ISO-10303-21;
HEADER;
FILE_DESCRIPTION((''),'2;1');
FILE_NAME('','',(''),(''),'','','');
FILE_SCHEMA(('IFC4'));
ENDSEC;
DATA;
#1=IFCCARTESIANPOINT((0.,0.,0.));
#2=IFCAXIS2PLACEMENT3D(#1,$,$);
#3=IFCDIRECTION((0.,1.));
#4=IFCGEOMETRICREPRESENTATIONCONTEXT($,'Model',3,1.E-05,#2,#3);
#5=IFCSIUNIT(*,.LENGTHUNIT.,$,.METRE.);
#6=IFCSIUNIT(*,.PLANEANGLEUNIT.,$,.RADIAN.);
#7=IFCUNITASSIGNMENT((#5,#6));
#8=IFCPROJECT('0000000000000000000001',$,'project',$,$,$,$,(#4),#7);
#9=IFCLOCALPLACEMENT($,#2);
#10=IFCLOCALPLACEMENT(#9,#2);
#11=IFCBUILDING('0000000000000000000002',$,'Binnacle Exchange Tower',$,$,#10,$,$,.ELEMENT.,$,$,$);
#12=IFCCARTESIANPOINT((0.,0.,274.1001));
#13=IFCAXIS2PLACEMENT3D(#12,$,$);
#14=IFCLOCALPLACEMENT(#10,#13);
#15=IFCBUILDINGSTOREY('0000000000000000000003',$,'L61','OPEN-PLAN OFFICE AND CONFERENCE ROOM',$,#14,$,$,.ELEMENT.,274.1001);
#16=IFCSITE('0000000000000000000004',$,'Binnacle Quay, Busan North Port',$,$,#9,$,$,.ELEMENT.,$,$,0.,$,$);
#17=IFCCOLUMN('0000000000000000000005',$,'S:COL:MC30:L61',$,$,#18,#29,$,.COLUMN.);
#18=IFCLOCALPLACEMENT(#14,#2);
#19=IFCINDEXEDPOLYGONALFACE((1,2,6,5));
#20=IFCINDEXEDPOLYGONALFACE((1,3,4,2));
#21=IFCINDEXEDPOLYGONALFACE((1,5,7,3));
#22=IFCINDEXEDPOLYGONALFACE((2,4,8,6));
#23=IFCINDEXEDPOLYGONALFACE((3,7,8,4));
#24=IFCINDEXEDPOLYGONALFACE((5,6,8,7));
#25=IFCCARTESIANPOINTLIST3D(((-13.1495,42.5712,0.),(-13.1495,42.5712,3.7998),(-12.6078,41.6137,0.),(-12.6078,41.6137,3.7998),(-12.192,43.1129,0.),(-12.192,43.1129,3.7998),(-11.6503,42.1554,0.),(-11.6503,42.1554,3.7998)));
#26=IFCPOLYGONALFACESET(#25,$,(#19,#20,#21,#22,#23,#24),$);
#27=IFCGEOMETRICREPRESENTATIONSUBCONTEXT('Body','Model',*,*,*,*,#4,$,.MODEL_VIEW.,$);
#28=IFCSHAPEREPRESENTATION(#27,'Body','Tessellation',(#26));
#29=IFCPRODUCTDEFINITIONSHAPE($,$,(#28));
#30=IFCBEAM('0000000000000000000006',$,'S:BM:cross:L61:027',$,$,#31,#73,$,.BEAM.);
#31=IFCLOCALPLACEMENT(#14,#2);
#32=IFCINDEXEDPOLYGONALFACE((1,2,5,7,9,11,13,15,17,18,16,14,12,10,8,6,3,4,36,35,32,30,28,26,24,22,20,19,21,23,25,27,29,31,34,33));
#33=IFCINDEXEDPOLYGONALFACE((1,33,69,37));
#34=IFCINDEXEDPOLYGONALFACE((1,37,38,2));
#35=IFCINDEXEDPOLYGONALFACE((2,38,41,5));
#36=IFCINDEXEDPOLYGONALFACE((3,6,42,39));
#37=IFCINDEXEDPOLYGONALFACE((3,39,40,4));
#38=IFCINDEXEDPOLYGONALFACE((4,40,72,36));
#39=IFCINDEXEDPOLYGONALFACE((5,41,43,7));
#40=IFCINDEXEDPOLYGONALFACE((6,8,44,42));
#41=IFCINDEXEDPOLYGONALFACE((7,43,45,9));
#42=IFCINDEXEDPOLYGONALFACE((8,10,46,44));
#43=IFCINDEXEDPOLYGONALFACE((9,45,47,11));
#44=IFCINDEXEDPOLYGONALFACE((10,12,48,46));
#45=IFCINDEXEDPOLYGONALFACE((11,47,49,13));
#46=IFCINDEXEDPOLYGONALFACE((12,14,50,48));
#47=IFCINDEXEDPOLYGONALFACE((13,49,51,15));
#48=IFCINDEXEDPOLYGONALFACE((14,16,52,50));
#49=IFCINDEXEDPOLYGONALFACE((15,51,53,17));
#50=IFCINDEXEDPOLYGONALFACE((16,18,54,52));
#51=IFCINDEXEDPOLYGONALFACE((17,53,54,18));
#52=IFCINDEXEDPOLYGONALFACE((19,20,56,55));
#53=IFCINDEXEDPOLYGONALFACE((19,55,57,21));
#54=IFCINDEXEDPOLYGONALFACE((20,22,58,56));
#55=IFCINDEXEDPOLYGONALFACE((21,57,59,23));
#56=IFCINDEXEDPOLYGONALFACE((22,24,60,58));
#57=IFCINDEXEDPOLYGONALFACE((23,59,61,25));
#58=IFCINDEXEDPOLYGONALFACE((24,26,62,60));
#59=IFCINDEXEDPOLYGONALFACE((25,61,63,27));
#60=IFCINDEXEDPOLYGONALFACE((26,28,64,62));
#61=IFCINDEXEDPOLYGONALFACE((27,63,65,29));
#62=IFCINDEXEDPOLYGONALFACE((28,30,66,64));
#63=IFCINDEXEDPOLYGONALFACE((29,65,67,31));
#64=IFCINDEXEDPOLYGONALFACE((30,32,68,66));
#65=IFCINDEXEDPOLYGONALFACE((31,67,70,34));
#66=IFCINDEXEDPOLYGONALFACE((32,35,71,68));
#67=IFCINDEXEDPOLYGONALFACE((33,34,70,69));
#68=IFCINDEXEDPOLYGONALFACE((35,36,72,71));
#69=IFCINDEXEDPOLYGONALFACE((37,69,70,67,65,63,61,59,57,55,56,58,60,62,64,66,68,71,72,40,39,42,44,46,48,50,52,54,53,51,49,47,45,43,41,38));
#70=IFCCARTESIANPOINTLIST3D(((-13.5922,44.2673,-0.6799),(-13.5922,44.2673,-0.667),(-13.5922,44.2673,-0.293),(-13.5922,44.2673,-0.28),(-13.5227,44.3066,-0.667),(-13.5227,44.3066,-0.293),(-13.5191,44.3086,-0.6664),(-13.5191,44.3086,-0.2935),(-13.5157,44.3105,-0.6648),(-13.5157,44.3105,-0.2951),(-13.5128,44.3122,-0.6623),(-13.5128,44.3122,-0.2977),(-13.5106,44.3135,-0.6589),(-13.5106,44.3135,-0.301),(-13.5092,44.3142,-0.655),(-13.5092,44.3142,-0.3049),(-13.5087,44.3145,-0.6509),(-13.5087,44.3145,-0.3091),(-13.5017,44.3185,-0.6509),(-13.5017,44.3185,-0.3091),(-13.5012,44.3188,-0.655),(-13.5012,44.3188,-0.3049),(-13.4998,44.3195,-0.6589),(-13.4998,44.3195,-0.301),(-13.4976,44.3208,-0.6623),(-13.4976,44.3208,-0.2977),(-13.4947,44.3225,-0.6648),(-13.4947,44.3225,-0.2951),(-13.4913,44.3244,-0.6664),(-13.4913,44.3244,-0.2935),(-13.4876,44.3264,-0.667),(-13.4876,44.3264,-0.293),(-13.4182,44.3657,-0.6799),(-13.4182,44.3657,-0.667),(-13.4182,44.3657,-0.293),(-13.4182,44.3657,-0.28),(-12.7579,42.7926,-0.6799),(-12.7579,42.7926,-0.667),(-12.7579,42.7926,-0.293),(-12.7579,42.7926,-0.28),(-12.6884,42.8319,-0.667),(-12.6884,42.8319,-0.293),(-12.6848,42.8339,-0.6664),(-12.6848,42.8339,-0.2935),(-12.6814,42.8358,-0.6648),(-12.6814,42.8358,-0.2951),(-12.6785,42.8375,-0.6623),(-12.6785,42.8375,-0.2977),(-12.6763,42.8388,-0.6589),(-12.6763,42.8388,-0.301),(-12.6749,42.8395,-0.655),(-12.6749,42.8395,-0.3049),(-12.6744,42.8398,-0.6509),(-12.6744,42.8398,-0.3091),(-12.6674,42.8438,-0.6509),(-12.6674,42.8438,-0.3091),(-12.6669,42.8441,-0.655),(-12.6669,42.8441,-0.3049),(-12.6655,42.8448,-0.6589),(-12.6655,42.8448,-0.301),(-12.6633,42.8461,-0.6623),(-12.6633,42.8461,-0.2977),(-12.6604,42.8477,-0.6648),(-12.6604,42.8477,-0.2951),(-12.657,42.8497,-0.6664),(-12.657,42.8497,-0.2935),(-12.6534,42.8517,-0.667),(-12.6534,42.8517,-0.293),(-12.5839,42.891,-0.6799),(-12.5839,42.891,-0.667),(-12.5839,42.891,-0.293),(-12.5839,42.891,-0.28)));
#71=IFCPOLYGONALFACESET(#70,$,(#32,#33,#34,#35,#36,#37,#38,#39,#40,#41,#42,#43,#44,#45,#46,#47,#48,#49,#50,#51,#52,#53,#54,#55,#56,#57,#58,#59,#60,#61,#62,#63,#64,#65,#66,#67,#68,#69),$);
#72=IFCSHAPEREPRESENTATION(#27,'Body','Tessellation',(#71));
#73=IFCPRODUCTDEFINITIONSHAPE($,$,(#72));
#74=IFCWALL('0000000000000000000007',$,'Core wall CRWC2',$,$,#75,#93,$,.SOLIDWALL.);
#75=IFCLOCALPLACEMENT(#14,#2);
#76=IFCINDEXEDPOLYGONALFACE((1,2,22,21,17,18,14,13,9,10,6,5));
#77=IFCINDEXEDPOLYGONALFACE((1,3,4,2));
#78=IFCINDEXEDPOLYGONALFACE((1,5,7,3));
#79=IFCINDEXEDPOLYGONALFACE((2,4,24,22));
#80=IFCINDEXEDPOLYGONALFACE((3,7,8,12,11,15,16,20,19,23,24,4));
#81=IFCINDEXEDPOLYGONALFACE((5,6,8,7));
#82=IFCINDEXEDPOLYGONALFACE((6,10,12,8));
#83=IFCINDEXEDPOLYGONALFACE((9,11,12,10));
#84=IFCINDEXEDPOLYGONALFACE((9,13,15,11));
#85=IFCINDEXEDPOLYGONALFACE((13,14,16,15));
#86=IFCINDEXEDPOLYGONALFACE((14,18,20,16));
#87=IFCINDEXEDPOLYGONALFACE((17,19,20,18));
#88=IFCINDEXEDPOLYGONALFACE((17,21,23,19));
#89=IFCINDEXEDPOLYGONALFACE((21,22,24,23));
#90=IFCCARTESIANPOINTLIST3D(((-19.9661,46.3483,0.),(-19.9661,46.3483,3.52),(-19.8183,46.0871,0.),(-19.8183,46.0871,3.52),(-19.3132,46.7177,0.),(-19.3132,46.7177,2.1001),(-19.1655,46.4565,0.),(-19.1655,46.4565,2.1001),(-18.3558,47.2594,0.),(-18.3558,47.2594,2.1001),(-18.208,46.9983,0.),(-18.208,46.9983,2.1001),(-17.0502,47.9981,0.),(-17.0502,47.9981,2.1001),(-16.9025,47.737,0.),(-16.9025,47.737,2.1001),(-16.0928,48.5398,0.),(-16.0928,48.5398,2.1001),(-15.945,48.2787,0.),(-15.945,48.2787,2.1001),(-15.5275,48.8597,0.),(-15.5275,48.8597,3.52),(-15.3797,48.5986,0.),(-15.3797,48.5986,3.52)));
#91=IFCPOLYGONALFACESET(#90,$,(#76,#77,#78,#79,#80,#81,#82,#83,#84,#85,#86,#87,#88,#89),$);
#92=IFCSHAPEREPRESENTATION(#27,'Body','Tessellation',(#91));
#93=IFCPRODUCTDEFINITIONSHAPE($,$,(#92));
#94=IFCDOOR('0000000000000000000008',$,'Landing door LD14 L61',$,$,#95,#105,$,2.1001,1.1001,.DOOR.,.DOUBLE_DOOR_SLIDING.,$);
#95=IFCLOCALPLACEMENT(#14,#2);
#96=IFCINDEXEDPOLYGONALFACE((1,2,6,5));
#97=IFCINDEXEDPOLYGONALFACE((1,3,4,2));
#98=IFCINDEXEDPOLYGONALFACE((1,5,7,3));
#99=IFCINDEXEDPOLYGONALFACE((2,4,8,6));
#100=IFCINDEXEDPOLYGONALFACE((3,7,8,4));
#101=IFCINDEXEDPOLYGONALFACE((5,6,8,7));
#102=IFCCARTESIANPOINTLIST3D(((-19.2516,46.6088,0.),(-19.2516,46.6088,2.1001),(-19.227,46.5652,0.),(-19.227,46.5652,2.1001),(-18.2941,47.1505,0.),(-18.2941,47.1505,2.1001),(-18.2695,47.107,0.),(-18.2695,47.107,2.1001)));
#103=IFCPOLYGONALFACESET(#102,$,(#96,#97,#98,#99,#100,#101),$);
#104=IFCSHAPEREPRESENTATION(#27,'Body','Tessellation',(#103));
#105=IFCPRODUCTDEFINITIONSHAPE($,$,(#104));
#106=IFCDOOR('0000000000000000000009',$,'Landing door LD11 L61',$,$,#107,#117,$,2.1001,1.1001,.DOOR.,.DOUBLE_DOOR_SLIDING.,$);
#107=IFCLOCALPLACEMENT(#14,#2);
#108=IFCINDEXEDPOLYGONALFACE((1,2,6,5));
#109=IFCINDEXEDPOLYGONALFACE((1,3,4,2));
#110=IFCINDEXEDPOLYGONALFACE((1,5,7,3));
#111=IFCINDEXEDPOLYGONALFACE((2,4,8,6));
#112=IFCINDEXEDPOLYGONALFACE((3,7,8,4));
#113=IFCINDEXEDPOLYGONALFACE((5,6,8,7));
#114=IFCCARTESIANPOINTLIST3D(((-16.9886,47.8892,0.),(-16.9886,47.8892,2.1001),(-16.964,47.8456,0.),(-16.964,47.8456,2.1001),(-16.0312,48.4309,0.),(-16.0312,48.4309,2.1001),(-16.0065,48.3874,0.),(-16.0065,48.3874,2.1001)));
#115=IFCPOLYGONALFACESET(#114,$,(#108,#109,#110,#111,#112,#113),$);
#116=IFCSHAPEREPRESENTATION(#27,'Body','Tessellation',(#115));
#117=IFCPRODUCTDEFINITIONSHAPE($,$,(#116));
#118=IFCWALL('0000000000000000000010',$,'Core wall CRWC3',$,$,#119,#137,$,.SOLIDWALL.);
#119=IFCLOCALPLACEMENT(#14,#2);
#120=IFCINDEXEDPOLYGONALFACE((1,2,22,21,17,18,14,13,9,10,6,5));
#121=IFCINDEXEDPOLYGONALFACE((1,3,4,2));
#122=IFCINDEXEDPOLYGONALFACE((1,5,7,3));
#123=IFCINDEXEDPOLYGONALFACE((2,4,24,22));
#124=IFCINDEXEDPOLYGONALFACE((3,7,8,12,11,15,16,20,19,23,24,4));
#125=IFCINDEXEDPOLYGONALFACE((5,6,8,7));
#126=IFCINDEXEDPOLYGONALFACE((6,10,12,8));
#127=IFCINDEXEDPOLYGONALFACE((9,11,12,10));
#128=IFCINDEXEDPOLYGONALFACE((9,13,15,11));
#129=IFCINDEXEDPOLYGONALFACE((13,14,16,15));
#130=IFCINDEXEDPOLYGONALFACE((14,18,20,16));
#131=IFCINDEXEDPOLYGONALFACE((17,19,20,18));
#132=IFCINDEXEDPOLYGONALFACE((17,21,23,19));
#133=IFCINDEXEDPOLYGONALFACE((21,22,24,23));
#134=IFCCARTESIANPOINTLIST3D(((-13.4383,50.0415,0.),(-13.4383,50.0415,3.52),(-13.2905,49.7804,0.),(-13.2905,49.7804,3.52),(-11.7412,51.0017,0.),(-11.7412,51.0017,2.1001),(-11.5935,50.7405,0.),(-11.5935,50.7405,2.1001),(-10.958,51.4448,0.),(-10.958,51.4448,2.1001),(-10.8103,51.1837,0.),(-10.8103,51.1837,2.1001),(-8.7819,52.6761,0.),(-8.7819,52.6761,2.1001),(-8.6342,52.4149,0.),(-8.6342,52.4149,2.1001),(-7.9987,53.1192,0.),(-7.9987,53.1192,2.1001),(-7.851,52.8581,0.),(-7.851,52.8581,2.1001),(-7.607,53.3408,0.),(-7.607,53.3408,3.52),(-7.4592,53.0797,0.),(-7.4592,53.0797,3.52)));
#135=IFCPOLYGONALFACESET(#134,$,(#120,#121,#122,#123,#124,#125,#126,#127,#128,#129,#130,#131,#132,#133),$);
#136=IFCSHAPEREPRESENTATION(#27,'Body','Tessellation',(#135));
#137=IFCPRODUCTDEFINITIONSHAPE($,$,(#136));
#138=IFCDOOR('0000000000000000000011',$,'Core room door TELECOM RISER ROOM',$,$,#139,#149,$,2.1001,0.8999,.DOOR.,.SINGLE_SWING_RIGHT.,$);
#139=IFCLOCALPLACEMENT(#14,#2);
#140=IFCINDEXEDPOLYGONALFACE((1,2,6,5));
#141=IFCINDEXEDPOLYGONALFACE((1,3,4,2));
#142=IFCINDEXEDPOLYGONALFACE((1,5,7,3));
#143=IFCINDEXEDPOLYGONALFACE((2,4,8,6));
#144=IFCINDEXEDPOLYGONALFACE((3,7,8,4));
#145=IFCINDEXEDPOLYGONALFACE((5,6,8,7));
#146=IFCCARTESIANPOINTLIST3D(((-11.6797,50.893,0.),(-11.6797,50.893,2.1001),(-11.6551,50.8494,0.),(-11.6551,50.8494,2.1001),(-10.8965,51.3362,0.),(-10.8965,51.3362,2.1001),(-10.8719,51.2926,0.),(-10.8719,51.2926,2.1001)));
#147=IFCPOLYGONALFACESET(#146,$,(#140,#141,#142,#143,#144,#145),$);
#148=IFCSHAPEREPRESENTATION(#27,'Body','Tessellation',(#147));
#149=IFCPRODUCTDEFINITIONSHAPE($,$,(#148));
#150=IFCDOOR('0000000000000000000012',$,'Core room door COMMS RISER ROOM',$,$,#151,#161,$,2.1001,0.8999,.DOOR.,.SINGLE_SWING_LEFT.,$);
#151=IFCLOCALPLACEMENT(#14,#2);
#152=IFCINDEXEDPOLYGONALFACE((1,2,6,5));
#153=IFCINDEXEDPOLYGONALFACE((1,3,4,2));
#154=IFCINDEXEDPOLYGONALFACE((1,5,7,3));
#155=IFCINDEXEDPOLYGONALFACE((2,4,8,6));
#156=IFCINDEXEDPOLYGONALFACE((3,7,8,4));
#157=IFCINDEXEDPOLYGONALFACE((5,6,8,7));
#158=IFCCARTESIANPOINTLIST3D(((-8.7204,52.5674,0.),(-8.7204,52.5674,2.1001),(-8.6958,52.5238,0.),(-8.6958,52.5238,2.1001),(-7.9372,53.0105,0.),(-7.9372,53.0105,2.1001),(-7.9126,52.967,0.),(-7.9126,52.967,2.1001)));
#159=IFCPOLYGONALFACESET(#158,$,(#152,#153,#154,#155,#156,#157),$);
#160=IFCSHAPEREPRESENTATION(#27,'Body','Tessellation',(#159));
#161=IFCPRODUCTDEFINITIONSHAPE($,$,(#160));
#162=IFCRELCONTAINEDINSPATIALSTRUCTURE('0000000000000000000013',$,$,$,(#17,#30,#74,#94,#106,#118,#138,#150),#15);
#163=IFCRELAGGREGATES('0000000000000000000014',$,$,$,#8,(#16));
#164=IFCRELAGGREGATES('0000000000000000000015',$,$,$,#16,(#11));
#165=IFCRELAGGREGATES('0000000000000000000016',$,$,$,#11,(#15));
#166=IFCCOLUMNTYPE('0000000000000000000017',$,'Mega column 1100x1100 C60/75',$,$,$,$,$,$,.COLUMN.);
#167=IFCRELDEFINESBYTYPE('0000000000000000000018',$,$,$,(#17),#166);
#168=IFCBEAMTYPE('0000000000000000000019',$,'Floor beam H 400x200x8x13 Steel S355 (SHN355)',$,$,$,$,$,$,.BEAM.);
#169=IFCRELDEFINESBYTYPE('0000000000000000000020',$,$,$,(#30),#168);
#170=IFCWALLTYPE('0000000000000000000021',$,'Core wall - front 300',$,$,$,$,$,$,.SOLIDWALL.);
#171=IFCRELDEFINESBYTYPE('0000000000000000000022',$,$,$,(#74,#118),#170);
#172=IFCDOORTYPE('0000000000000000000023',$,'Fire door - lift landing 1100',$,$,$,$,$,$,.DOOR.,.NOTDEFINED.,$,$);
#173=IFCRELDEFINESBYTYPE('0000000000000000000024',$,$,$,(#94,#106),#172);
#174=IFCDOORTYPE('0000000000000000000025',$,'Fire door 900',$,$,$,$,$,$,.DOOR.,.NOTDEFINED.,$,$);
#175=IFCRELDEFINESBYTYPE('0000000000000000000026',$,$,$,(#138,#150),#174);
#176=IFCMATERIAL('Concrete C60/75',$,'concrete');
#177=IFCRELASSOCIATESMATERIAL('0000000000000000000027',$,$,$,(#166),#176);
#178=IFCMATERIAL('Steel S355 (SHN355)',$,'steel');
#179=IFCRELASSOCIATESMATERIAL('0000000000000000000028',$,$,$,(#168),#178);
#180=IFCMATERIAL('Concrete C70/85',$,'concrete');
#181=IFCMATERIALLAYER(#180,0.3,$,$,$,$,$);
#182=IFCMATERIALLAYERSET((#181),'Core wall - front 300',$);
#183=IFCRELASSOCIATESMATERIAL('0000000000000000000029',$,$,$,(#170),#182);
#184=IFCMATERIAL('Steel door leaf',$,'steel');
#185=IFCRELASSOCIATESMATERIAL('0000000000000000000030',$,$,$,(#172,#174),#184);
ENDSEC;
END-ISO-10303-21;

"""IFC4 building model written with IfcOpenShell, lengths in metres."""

from ifc_helpers import new_model, si_unit, direction, frame, frame_2d, origin, origin_2d, place, context, subcontext, project, spatial, rectangle, i_section, extrude, material, layer, layer_set, material_profile, profile_set, type_object, element, fill, save


model = new_model("IFC4")

# Units and contexts
model_context = context("Model", 3, precision=1e-05, world=origin(), true_north=direction((0.0, 1.0)))
body_context = subcontext(model_context, "Body", "Model", "MODEL_VIEW")
ifc_project = project(units=[si_unit("LENGTHUNIT", "METRE"), si_unit("PLANEANGLEUNIT", "RADIAN")], contexts=[model_context])

# Site, building, storey
site_placement = place(None, origin())
site = spatial("IfcSite", under=ifc_project, at=site_placement, Name="Binnacle Quay, Busan North Port", CompositionType="ELEMENT", RefElevation=0.0)
building_placement = place(site_placement, origin())
building = spatial("IfcBuilding", under=site, at=building_placement, Name="Binnacle Exchange Tower", CompositionType="ELEMENT")
storey_placement = place(building_placement, frame((0.0, 0.0, 274.1001)))
storey = spatial("IfcBuildingStorey", under=building, at=storey_placement, Name="L61", Description="OPEN-PLAN OFFICE AND CONFERENCE ROOM", CompositionType="ELEMENT", Elevation=274.1001)

# Column
ifc_material_1 = material(Name="Concrete C60/75", Category="concrete")
ifc_material_profile_1 = material_profile(ifc_material_1, rectangle(XDim=1.1001, YDim=1.1001, at=origin_2d()), Name="Mega column 1100x1100 C60/75")
ifc_profile_set_1 = profile_set([ifc_material_profile_1], Name="Concrete C60/75")
column_type = type_object("IfcColumnType", Name="Mega column 1100x1100 C60/75", PredefinedType="COLUMN", material=ifc_profile_set_1)
column_placement = place(storey_placement, frame((-12.3999, 42.3633, 0.0), z_axis=(0.0, 0.0, 1.0), x_axis=(0.870356, 0.492424, 0.0)))
element("IfcColumn", 1, at=column_placement, inside=storey, type_object=column_type, Name="S:COL:MC30:L61", PredefinedType="COLUMN", context=body_context, shape_type="SweptSolid", body=[
    extrude(rectangle(XDim=1.1001, YDim=1.1001, at=origin_2d()), origin(), (0.0, 0.0, 1.0), 3.7998),
])

# Beam
ifc_material_2 = material(Name="Steel S355 (SHN355)", Category="steel")
ifc_material_profile_2 = material_profile(ifc_material_2, i_section(OverallWidth=0.2, OverallDepth=0.3999, WebThickness=0.0081, FlangeThickness=0.0129, FilletRadius=0.0161, at=origin_2d()), Name="H 400x200x8x13")
ifc_profile_set_2 = profile_set([ifc_material_profile_2], Name="Steel S355 (SHN355)")
beam_type = type_object("IfcBeamType", Name="Floor beam H 400x200x8x13 Steel S355 (SHN355)", PredefinedType="BEAM", material=ifc_profile_set_2)
beam_placement = place(storey_placement, frame((-12.6709, 42.8418, -0.48), z_axis=(-0.492394, 0.870372, 0.0), x_axis=(-0.870372, -0.492394, 0.0)))
element("IfcBeam", 2, at=beam_placement, inside=storey, type_object=beam_type, Name="S:BM:cross:L61:027", PredefinedType="BEAM", context=body_context, shape_type="SweptSolid", body=[
    extrude(i_section(OverallWidth=0.2, OverallDepth=0.3999, WebThickness=0.0081, FlangeThickness=0.0129, FilletRadius=0.0161, at=origin_2d()), origin(), (0.0, 0.0, 1.0), 1.6943),
])

# Walls, openings, doors
ifc_material_3 = material(Name="Concrete C70/85", Category="concrete")
ifc_layer_1 = layer(ifc_material_3, 0.3)
ifc_layer_set_1 = layer_set([ifc_layer_1], Name="Core wall - front 300")
wall_type_1 = type_object("IfcWallType", Name="Core wall - front 300", PredefinedType="SOLIDWALL", material=ifc_layer_set_1)
wall_1_placement = place(storey_placement, frame((-19.8921, 46.2178, 0.0), z_axis=(0.0, 0.0, 1.0), x_axis=(0.870342, 0.492448, 0.0)))
wall_1 = element("IfcWall", 3, at=wall_1_placement, inside=storey, type_object=wall_type_1, Name="Core wall CRWC2", PredefinedType="SOLIDWALL", context=body_context, shape_type="SweptSolid", body=[
    extrude(rectangle(XDim=5.0999, YDim=0.3, at=frame_2d((2.5498, 0.0))), origin(), (0.0, 0.0, 1.0), 3.52),
])
opening_1_placement = place(wall_1_placement, frame((0.75, 0.0, 0.0)))
opening_1 = element("IfcOpeningElement", 4, at=opening_1_placement, cuts=wall_1, PredefinedType="OPENING", context=body_context, shape_type="SweptSolid", body=[
    extrude(rectangle(XDim=1.1001, YDim=2.1001, at=frame_2d((0.55, 1.05))), frame((0.0, 0.1599, 0.0), z_axis=(0.0, -1.0, 0.0), x_axis=(1.0, 0.0, 0.0)), (0.0, 0.0, 1.0), 0.3201),
])
opening_2_placement = place(wall_1_placement, frame((3.3501, 0.0, 0.0)))
opening_2 = element("IfcOpeningElement", 5, at=opening_2_placement, cuts=wall_1, PredefinedType="OPENING", context=body_context, shape_type="SweptSolid", body=[
    extrude(rectangle(XDim=1.1001, YDim=2.1001, at=frame_2d((0.55, 1.05))), frame((0.0, 0.1599, 0.0), z_axis=(0.0, -1.0, 0.0), x_axis=(1.0, 0.0, 0.0)), (0.0, 0.0, 1.0), 0.3201),
])
ifc_material_4 = material(Name="Steel door leaf", Category="steel")
door_type_1 = type_object("IfcDoorType", Name="Fire door - lift landing 1100", OperationType="NOTDEFINED", PredefinedType="DOOR", material=ifc_material_4)
door_1_placement = place(opening_1_placement, origin())
door_1 = element("IfcDoor", 6, at=door_1_placement, inside=storey, type_object=door_type_1, Name="Landing door LD14 L61", OperationType="DOUBLE_DOOR_SLIDING", OverallHeight=2.1001, OverallWidth=1.1001, PredefinedType="DOOR", context=body_context, shape_type="SweptSolid", body=[
    extrude(rectangle(XDim=1.1001, YDim=2.1001, at=frame_2d((0.55, 1.05))), frame((0.0, 0.0249, 0.0), z_axis=(0.0, -1.0, 0.0), x_axis=(1.0, 0.0, 0.0)), (0.0, 0.0, 1.0), 0.05),
])
fill(opening_1, door_1)
door_2_placement = place(opening_2_placement, origin())
door_2 = element("IfcDoor", 7, at=door_2_placement, inside=storey, type_object=door_type_1, Name="Landing door LD11 L61", OperationType="DOUBLE_DOOR_SLIDING", OverallHeight=2.1001, OverallWidth=1.1001, PredefinedType="DOOR", context=body_context, shape_type="SweptSolid", body=[
    extrude(rectangle(XDim=1.1001, YDim=2.1001, at=frame_2d((0.55, 1.05))), frame((0.0, 0.0249, 0.0), z_axis=(0.0, -1.0, 0.0), x_axis=(1.0, 0.0, 0.0)), (0.0, 0.0, 1.0), 0.05),
])
fill(opening_2, door_2)
wall_2_placement = place(storey_placement, frame((-13.3645, 49.9109, 0.0), z_axis=(0.0, 0.0, 1.0), x_axis=(0.870348, 0.492438, 0.0)))
wall_2 = element("IfcWall", 8, at=wall_2_placement, inside=storey, type_object=wall_type_1, Name="Core wall CRWC3", PredefinedType="SOLIDWALL", context=body_context, shape_type="SweptSolid", body=[
    extrude(rectangle(XDim=6.7, YDim=0.3, at=frame_2d((3.3501, 0.0))), origin(), (0.0, 0.0, 1.0), 3.52),
])
opening_3_placement = place(wall_2_placement, frame((1.95, 0.0, 0.0)))
opening_3 = element("IfcOpeningElement", 9, at=opening_3_placement, cuts=wall_2, PredefinedType="OPENING", context=body_context, shape_type="SweptSolid", body=[
    extrude(rectangle(XDim=0.8999, YDim=2.1001, at=frame_2d((0.45, 1.05))), frame((0.0, 0.1599, 0.0), z_axis=(0.0, -1.0, 0.0), x_axis=(1.0, 0.0, 0.0)), (0.0, 0.0, 1.0), 0.3201),
])
opening_4_placement = place(wall_2_placement, frame((5.3501, 0.0, 0.0)))
opening_4 = element("IfcOpeningElement", 10, at=opening_4_placement, cuts=wall_2, PredefinedType="OPENING", context=body_context, shape_type="SweptSolid", body=[
    extrude(rectangle(XDim=0.8999, YDim=2.1001, at=frame_2d((0.45, 1.05))), frame((0.0, 0.1599, 0.0), z_axis=(0.0, -1.0, 0.0), x_axis=(1.0, 0.0, 0.0)), (0.0, 0.0, 1.0), 0.3201),
])
door_type_2 = type_object("IfcDoorType", Name="Fire door 900", OperationType="NOTDEFINED", PredefinedType="DOOR", material=ifc_material_4)
door_3_placement = place(opening_3_placement, frame((0.8999, 0.0, 0.0), z_axis=(0.0, 0.0, 1.0), x_axis=(-1.0, 0.0, 0.0)))
door_3 = element("IfcDoor", 11, at=door_3_placement, inside=storey, type_object=door_type_2, Name="Core room door TELECOM RISER ROOM", OperationType="SINGLE_SWING_RIGHT", OverallHeight=2.1001, OverallWidth=0.8999, PredefinedType="DOOR", context=body_context, shape_type="SweptSolid", body=[
    extrude(rectangle(XDim=0.8999, YDim=2.1001, at=frame_2d((0.45, 1.05))), frame((0.0, 0.0249, 0.0), z_axis=(0.0, -1.0, 0.0), x_axis=(1.0, 0.0, 0.0)), (0.0, 0.0, 1.0), 0.05),
])
fill(opening_3, door_3)
door_4_placement = place(opening_4_placement, frame((0.8999, 0.0, 0.0), z_axis=(0.0, 0.0, 1.0), x_axis=(-1.0, 0.0, 0.0)))
door_4 = element("IfcDoor", 12, at=door_4_placement, inside=storey, type_object=door_type_2, Name="Core room door COMMS RISER ROOM", OperationType="SINGLE_SWING_LEFT", OverallHeight=2.1001, OverallWidth=0.8999, PredefinedType="DOOR", context=body_context, shape_type="SweptSolid", body=[
    extrude(rectangle(XDim=0.8999, YDim=2.1001, at=frame_2d((0.45, 1.05))), frame((0.0, 0.0249, 0.0), z_axis=(0.0, -1.0, 0.0), x_axis=(1.0, 0.0, 0.0)), (0.0, 0.0, 1.0), 0.05),
])
fill(opening_4, door_4)

save(model, "model.ifc")
